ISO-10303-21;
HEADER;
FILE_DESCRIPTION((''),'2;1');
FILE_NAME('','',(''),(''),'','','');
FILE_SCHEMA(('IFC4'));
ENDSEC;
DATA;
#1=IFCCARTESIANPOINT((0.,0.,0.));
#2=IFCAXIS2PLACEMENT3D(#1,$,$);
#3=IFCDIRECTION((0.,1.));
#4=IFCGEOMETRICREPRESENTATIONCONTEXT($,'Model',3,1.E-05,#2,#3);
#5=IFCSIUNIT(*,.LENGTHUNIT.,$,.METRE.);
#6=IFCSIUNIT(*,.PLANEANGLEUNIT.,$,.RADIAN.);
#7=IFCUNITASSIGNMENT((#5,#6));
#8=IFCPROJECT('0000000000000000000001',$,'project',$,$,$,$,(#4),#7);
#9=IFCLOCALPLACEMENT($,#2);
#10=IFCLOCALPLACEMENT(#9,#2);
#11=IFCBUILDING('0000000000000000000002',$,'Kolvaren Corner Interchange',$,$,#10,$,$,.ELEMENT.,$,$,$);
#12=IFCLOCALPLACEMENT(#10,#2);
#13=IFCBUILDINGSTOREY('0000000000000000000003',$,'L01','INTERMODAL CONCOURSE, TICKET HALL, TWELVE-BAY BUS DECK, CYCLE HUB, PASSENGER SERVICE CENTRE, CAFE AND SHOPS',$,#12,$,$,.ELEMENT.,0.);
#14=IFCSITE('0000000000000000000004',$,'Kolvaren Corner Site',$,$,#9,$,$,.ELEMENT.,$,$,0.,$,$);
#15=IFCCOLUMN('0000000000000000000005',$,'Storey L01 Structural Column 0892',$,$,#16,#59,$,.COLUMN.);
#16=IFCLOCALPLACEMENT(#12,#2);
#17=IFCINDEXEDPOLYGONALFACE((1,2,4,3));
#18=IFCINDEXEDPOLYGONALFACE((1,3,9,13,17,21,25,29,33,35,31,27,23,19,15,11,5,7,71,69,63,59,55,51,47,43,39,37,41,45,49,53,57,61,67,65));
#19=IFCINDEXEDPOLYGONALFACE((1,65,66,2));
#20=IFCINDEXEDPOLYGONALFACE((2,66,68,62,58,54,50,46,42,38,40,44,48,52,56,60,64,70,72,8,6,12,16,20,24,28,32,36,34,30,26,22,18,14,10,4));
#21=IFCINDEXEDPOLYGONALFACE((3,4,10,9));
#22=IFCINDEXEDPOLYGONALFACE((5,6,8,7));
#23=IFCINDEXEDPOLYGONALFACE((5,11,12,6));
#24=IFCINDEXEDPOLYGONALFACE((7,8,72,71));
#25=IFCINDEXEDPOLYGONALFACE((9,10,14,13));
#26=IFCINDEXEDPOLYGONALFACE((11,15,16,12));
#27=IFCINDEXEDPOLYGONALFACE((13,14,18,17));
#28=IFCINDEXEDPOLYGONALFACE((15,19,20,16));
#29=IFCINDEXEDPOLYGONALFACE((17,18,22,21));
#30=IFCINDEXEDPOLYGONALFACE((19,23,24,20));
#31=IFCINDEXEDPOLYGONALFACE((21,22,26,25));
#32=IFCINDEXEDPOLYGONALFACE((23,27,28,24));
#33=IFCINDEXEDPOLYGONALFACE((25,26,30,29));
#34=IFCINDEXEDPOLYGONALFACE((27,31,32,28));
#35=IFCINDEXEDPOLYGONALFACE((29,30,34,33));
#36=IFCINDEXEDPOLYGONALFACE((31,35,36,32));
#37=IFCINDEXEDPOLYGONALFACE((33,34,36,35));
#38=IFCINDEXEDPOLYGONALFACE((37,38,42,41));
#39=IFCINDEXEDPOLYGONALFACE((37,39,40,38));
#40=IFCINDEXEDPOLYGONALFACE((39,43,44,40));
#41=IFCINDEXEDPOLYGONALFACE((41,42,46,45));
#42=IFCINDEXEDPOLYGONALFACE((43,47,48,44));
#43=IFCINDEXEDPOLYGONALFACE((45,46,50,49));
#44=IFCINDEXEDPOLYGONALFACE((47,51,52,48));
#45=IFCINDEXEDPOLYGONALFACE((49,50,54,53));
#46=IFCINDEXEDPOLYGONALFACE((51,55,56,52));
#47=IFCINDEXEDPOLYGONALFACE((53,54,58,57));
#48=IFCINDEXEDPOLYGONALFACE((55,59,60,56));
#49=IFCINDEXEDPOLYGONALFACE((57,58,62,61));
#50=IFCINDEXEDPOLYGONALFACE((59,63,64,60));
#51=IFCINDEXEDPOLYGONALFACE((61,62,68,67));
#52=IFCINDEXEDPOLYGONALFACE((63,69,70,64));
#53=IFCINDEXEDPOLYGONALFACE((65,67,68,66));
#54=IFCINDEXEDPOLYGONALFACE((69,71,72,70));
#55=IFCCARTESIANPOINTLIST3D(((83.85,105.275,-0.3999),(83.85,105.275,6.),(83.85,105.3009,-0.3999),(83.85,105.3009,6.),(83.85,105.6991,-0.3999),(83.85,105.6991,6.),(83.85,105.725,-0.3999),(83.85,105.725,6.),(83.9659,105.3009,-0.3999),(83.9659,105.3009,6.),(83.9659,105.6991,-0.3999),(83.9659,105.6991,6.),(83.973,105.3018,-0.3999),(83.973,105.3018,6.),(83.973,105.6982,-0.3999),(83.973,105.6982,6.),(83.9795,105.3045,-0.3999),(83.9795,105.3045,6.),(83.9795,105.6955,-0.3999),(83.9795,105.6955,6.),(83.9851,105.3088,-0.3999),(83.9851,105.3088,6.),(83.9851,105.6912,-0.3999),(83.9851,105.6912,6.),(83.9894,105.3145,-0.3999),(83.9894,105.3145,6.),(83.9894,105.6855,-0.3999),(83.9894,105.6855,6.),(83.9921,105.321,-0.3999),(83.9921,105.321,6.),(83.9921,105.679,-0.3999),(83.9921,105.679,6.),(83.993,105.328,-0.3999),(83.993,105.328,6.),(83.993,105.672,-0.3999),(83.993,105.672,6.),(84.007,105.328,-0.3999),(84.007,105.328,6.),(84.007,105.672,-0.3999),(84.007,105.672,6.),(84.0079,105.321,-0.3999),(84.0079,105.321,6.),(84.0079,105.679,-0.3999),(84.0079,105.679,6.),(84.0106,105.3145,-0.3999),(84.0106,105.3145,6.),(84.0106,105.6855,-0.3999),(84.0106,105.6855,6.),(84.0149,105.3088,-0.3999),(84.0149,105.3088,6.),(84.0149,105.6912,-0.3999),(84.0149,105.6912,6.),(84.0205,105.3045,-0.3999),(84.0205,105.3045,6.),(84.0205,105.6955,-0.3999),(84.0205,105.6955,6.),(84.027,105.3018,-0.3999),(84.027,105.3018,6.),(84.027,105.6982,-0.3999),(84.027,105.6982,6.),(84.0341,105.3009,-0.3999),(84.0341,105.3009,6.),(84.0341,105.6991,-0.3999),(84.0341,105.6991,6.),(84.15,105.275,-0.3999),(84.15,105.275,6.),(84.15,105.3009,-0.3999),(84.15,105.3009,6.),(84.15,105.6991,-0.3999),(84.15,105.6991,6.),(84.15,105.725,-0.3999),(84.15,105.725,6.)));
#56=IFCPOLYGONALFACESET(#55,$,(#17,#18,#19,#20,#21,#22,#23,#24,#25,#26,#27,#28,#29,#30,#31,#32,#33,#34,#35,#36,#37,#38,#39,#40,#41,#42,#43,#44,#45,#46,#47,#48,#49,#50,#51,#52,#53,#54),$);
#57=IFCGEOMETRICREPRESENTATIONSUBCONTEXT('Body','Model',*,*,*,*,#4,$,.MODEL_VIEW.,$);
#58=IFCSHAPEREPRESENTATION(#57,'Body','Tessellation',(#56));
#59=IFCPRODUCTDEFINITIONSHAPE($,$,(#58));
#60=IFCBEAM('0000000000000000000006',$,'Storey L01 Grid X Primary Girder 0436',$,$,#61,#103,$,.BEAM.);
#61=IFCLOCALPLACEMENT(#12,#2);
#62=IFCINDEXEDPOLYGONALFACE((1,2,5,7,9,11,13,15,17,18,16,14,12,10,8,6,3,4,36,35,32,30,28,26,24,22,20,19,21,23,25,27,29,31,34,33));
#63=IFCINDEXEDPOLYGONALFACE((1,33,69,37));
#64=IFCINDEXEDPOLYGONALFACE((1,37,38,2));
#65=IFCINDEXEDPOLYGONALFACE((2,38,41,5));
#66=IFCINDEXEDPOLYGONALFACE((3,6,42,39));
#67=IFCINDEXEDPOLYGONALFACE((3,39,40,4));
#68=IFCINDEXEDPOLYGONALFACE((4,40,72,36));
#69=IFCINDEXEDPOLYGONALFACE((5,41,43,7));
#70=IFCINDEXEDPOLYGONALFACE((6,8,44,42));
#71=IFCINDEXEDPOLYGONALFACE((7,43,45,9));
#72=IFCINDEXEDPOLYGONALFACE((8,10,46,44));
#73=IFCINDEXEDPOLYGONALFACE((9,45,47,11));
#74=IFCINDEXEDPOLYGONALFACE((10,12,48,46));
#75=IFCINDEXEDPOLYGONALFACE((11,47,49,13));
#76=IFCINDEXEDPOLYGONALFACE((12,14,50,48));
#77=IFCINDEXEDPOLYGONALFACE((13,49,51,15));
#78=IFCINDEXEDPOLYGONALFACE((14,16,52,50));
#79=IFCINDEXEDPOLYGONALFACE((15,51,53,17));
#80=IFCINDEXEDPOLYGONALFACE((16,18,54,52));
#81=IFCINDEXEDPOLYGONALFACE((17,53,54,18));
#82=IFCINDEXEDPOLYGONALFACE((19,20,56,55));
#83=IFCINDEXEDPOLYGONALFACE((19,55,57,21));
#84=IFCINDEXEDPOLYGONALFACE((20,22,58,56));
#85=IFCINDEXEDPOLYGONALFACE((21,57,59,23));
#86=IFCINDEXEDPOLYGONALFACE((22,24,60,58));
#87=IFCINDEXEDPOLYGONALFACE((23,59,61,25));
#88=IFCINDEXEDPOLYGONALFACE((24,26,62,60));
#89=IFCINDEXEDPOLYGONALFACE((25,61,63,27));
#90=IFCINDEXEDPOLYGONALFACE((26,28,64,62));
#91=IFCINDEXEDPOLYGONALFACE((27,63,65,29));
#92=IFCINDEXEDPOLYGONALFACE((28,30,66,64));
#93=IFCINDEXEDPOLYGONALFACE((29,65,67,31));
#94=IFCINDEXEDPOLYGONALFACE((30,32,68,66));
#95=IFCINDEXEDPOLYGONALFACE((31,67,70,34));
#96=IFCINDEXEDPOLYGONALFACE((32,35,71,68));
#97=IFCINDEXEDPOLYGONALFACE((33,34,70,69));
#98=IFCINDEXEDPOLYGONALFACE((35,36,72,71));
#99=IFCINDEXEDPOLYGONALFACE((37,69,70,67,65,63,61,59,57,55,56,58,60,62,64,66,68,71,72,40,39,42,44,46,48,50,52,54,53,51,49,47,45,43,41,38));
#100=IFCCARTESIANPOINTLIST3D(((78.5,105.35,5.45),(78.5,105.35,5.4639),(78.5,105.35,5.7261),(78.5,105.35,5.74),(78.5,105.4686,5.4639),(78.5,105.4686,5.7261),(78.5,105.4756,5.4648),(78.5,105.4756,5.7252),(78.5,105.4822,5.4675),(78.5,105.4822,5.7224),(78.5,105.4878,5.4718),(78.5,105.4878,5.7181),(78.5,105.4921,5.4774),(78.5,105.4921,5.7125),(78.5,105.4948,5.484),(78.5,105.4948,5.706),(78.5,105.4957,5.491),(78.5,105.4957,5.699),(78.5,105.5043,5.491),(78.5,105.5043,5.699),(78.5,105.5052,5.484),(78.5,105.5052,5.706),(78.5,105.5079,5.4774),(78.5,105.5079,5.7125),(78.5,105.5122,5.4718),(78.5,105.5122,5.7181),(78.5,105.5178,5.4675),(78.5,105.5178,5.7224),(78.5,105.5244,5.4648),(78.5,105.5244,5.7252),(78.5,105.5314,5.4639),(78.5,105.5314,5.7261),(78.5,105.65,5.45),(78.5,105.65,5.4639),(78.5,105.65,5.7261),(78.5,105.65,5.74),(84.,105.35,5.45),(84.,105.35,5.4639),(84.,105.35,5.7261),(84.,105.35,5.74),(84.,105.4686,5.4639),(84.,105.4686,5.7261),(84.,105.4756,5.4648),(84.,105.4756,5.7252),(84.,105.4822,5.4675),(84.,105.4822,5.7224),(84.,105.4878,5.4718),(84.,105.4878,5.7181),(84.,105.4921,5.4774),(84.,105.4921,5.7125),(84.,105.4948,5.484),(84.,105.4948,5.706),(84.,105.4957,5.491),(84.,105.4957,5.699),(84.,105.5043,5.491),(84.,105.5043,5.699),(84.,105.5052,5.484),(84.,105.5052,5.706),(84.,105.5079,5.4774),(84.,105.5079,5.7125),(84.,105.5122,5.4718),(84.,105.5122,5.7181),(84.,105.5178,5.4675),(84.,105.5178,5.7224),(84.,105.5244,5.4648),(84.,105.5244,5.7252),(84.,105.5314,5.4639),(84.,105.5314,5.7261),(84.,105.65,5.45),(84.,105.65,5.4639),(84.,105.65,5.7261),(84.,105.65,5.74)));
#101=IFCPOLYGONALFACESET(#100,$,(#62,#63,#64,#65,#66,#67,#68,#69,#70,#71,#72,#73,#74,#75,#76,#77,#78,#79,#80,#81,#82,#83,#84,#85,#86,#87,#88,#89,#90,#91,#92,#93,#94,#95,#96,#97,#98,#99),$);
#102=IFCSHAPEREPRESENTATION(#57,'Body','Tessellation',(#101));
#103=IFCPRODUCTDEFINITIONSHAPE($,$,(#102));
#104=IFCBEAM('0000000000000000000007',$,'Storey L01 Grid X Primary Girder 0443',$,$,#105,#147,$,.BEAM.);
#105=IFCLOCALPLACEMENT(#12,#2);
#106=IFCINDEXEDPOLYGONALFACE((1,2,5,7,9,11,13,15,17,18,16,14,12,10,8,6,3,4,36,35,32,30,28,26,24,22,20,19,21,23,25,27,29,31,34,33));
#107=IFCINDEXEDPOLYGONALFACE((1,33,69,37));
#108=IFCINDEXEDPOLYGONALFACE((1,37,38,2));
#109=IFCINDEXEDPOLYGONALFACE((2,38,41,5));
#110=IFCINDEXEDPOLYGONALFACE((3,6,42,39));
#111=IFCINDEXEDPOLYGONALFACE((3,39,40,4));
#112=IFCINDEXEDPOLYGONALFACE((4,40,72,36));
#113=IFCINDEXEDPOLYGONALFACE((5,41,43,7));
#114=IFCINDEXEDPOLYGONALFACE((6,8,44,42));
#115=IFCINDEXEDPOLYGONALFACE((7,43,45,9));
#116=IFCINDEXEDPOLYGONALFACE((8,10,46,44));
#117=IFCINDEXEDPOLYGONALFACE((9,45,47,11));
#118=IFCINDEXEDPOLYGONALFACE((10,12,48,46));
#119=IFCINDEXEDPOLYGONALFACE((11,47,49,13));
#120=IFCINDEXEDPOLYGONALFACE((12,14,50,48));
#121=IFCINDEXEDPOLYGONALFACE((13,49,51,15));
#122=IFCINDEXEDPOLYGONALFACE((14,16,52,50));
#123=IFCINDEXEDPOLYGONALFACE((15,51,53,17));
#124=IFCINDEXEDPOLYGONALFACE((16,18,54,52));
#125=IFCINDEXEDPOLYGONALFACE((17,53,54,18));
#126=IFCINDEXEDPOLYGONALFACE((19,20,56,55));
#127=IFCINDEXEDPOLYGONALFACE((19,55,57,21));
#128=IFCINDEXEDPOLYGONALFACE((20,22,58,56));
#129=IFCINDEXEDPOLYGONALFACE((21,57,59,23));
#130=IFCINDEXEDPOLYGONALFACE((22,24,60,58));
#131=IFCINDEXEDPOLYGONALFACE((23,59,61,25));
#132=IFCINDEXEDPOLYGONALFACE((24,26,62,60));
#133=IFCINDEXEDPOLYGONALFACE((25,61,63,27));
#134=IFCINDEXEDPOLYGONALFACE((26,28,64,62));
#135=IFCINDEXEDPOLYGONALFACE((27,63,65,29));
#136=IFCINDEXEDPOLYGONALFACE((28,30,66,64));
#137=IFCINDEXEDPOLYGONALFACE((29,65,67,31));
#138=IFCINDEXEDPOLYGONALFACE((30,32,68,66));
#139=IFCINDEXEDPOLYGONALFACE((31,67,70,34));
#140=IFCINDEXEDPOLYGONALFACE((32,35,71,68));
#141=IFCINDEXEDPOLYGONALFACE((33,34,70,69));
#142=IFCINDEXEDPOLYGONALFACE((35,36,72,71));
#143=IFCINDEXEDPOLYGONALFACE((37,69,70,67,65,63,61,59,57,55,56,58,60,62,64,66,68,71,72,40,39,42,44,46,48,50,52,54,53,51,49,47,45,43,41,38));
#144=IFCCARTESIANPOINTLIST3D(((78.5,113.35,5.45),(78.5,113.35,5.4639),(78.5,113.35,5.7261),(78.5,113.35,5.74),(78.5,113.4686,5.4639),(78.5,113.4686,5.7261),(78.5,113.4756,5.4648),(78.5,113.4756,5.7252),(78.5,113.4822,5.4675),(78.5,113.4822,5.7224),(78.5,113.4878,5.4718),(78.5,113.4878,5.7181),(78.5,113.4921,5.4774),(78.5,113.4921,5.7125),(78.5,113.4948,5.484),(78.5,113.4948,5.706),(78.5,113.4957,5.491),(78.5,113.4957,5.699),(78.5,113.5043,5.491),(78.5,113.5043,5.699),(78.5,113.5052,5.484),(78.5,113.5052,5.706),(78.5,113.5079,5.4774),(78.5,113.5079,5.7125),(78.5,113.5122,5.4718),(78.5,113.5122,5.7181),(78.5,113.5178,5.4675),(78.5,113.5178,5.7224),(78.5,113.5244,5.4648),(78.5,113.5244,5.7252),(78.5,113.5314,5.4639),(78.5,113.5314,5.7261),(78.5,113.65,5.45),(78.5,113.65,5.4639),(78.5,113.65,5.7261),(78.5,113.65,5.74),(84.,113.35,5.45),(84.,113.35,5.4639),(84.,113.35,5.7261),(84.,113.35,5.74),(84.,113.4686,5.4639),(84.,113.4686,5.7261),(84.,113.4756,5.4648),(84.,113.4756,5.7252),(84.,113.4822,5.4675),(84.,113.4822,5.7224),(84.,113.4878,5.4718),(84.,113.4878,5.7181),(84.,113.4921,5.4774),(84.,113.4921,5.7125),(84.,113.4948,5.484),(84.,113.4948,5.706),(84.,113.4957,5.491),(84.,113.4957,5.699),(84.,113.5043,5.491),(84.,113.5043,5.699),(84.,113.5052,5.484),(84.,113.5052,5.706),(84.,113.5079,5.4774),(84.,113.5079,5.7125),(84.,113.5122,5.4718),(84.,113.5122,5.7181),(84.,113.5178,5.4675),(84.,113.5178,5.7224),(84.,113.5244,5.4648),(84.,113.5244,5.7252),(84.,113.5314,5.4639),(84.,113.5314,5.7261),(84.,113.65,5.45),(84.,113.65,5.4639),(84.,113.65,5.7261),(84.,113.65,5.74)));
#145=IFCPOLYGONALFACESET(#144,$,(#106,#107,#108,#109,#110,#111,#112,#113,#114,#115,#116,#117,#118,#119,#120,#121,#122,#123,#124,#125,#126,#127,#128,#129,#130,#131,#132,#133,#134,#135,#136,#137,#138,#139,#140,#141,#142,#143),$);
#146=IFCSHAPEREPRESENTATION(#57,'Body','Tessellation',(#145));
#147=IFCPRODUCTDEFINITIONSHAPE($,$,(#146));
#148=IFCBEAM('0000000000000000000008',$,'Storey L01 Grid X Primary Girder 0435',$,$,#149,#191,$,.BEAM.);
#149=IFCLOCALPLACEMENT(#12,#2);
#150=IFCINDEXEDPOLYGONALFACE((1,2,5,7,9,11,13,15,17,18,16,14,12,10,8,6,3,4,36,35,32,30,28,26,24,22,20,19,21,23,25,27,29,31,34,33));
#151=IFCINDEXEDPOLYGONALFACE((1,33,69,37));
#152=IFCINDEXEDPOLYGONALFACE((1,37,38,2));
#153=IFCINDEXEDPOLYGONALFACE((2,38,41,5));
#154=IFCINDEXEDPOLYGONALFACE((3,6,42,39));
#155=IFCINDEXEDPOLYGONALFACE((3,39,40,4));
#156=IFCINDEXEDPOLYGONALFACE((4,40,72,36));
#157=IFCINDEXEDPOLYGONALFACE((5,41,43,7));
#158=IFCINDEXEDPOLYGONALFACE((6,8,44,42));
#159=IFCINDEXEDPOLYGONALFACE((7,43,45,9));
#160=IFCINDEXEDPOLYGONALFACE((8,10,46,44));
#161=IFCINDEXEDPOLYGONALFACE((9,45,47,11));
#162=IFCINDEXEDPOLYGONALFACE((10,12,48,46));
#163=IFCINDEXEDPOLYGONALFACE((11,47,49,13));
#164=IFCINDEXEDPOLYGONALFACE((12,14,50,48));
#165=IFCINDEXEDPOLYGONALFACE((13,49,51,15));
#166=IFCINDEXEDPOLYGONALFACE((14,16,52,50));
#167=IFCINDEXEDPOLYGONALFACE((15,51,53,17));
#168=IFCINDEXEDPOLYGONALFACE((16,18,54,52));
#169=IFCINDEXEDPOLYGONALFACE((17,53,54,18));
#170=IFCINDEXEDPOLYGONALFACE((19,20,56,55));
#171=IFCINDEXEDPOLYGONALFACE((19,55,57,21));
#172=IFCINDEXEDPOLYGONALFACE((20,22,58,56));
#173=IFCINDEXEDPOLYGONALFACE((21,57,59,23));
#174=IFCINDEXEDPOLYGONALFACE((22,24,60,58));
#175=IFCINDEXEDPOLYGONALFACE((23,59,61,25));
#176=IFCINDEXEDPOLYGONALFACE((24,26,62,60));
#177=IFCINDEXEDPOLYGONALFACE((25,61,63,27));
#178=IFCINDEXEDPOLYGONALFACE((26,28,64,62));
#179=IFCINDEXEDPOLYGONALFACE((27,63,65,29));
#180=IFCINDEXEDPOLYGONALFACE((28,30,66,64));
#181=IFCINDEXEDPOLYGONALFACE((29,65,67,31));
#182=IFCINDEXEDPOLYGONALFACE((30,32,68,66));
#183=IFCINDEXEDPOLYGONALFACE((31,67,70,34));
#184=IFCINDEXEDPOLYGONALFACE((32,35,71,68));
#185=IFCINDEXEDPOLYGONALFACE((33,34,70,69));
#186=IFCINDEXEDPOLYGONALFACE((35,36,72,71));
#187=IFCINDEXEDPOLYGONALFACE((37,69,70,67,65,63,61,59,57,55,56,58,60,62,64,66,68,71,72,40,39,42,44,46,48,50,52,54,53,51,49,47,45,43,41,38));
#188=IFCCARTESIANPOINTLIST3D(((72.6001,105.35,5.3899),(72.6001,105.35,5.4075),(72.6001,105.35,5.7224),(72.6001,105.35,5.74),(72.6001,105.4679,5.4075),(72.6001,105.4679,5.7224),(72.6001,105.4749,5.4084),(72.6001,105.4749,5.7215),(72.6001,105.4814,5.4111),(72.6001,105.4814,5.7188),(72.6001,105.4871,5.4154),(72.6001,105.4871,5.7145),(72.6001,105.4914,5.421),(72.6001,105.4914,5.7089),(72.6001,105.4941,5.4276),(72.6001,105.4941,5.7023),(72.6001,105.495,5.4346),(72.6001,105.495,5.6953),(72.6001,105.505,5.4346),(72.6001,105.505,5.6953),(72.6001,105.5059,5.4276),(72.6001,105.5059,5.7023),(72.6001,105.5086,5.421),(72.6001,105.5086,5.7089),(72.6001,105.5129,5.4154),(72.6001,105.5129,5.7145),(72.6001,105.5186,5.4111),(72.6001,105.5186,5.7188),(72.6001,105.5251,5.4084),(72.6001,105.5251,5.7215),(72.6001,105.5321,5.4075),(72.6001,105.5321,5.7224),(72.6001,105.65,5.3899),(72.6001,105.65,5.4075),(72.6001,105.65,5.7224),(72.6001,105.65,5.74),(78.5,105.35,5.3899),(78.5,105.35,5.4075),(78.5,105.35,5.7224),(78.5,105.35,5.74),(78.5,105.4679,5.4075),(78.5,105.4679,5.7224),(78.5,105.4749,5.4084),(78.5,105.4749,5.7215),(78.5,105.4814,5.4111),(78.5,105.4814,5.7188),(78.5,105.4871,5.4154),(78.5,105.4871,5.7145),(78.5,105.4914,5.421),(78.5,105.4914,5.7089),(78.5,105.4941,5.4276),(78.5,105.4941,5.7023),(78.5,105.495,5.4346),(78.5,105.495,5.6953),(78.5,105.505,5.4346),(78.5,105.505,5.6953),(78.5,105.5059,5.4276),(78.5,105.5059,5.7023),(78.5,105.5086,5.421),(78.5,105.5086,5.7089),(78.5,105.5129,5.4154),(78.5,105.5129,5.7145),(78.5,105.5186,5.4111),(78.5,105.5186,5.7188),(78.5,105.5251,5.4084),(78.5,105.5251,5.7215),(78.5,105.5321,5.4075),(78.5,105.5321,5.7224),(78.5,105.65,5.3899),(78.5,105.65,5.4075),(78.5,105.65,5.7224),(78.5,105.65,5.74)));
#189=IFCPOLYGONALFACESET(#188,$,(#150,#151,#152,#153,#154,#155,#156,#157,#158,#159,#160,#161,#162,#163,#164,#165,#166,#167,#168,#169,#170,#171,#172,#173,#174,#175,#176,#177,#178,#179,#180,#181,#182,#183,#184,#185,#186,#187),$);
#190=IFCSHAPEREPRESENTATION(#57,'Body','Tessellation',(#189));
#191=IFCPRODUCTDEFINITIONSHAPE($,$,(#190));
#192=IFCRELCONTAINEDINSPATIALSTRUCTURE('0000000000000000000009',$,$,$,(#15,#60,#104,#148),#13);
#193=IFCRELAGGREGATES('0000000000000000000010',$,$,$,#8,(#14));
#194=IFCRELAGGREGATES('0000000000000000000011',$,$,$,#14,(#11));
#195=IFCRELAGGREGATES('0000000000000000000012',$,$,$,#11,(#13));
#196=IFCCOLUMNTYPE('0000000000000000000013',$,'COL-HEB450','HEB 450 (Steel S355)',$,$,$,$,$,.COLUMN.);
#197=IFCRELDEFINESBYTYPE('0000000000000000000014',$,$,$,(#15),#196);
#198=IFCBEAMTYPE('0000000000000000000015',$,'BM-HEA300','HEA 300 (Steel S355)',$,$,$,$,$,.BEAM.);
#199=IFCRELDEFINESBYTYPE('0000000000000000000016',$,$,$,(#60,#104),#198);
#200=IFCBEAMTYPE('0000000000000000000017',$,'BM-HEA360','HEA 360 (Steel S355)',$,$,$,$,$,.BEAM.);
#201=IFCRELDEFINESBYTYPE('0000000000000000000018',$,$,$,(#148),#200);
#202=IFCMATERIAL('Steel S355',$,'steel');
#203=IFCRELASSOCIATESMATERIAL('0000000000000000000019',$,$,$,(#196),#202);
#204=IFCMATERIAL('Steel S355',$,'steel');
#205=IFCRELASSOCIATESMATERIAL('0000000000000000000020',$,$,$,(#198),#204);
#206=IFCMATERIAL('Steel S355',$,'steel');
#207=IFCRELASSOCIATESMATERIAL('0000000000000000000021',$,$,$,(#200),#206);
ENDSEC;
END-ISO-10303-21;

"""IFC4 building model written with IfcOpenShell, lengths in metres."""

from ifc_helpers import new_model, si_unit, direction, frame, origin, origin_2d, place, context, subcontext, project, spatial, i_section, extrude, material, material_profile, profile_set, type_object, element, save


model = new_model("IFC4")

# Units and contexts
model_context = context("Model", 3, precision=1e-05, world=origin(), true_north=direction((0.0, 1.0)))
body_context = subcontext(model_context, "Body", "Model", "MODEL_VIEW")
ifc_project = project(units=[si_unit("LENGTHUNIT", "METRE"), si_unit("PLANEANGLEUNIT", "RADIAN")], contexts=[model_context])

# Site, building, storey
site_placement = place(None, origin())
site = spatial("IfcSite", under=ifc_project, at=site_placement, Name="Kolvaren Corner Site", CompositionType="ELEMENT", RefElevation=0.0)
building_placement = place(site_placement, origin())
building = spatial("IfcBuilding", under=site, at=building_placement, Name="Kolvaren Corner Interchange", CompositionType="ELEMENT")
storey_placement = place(building_placement, origin())
storey = spatial("IfcBuildingStorey", under=building, at=storey_placement, Name="L01", Description="INTERMODAL CONCOURSE, TICKET HALL, TWELVE-BAY BUS DECK, CYCLE HUB, PASSENGER SERVICE CENTRE, CAFE AND SHOPS", CompositionType="ELEMENT", Elevation=0.0)

# Column
ifc_material_1 = material(Name="Steel S355", Category="steel")
ifc_material_profile_1 = material_profile(ifc_material_1, i_section(OverallWidth=0.3, OverallDepth=0.45, WebThickness=0.0139, FlangeThickness=0.0259, FilletRadius=0.0271, at=origin_2d()), Name="HEB 450")
ifc_profile_set_1 = profile_set([ifc_material_profile_1], Name="Steel S355")
column_type = type_object("IfcColumnType", Name="COL-HEB450", Description="HEB 450 (Steel S355)", PredefinedType="COLUMN", material=ifc_profile_set_1)
for number, where, z_axis, x_axis, name in (
    (1, (84.0, 105.5, -0.3999), (0.0, 0.0, 1.0), (1.0, 0.0, 0.0), "Storey L01 Structural Column 0892"),
):
    element("IfcColumn", number, at=place(storey_placement, frame(where, z_axis=z_axis, x_axis=x_axis)), inside=storey, type_object=column_type, Name=name, PredefinedType="COLUMN", context=body_context, shape_type="SweptSolid", body=[
        extrude(i_section(OverallWidth=0.3, OverallDepth=0.45, WebThickness=0.0139, FlangeThickness=0.0259, FilletRadius=0.0271, at=origin_2d()), origin(), (0.0, 0.0, 1.0), 6.3999),
    ])

# Beams
ifc_material_2 = material(Name="Steel S355", Category="steel")
ifc_material_profile_2 = material_profile(ifc_material_2, i_section(OverallWidth=0.3, OverallDepth=0.29, WebThickness=0.0085, FlangeThickness=0.0139, FilletRadius=0.0271, at=origin_2d()), Name="HEA 300")
ifc_profile_set_2 = profile_set([ifc_material_profile_2], Name="Steel S355")
beam_type_1 = type_object("IfcBeamType", Name="BM-HEA300", Description="HEA 300 (Steel S355)", PredefinedType="BEAM", material=ifc_profile_set_2)
for number, where, z_axis, x_axis, name in (
    (2, (78.5, 105.5, 5.595), (1.0, 0.0, 0.0), (0.0, 1.0, 0.0), "Storey L01 Grid X Primary Girder 0436"),
    (3, (78.5, 113.5, 5.595), (1.0, 0.0, 0.0), (0.0, 1.0, 0.0), "Storey L01 Grid X Primary Girder 0443"),
):
    element("IfcBeam", number, at=place(storey_placement, frame(where, z_axis=z_axis, x_axis=x_axis)), inside=storey, type_object=beam_type_1, Name=name, PredefinedType="BEAM", context=body_context, shape_type="SweptSolid", body=[
        extrude(i_section(OverallWidth=0.3, OverallDepth=0.29, WebThickness=0.0085, FlangeThickness=0.0139, FilletRadius=0.0271, at=origin_2d()), origin(), (0.0, 0.0, 1.0), 5.5),
    ])
ifc_material_3 = material(Name="Steel S355", Category="steel")
ifc_material_profile_3 = material_profile(ifc_material_3, i_section(OverallWidth=0.3, OverallDepth=0.3501, WebThickness=0.01, FlangeThickness=0.0176, FilletRadius=0.0271, at=origin_2d()), Name="HEA 360")
ifc_profile_set_3 = profile_set([ifc_material_profile_3], Name="Steel S355")
beam_type_2 = type_object("IfcBeamType", Name="BM-HEA360", Description="HEA 360 (Steel S355)", PredefinedType="BEAM", material=ifc_profile_set_3)
beam_1_placement = place(storey_placement, frame((72.6001, 105.5, 5.5649), z_axis=(1.0, 0.0, 0.0), x_axis=(0.0, 1.0, 0.0)))
element("IfcBeam", 4, at=beam_1_placement, inside=storey, type_object=beam_type_2, Name="Storey L01 Grid X Primary Girder 0435", PredefinedType="BEAM", context=body_context, shape_type="SweptSolid", body=[
    extrude(i_section(OverallWidth=0.3, OverallDepth=0.3501, WebThickness=0.01, FlangeThickness=0.0176, FilletRadius=0.0271, at=origin_2d()), origin(), (0.0, 0.0, 1.0), 5.8999),
])

save(model, "model.ifc")
